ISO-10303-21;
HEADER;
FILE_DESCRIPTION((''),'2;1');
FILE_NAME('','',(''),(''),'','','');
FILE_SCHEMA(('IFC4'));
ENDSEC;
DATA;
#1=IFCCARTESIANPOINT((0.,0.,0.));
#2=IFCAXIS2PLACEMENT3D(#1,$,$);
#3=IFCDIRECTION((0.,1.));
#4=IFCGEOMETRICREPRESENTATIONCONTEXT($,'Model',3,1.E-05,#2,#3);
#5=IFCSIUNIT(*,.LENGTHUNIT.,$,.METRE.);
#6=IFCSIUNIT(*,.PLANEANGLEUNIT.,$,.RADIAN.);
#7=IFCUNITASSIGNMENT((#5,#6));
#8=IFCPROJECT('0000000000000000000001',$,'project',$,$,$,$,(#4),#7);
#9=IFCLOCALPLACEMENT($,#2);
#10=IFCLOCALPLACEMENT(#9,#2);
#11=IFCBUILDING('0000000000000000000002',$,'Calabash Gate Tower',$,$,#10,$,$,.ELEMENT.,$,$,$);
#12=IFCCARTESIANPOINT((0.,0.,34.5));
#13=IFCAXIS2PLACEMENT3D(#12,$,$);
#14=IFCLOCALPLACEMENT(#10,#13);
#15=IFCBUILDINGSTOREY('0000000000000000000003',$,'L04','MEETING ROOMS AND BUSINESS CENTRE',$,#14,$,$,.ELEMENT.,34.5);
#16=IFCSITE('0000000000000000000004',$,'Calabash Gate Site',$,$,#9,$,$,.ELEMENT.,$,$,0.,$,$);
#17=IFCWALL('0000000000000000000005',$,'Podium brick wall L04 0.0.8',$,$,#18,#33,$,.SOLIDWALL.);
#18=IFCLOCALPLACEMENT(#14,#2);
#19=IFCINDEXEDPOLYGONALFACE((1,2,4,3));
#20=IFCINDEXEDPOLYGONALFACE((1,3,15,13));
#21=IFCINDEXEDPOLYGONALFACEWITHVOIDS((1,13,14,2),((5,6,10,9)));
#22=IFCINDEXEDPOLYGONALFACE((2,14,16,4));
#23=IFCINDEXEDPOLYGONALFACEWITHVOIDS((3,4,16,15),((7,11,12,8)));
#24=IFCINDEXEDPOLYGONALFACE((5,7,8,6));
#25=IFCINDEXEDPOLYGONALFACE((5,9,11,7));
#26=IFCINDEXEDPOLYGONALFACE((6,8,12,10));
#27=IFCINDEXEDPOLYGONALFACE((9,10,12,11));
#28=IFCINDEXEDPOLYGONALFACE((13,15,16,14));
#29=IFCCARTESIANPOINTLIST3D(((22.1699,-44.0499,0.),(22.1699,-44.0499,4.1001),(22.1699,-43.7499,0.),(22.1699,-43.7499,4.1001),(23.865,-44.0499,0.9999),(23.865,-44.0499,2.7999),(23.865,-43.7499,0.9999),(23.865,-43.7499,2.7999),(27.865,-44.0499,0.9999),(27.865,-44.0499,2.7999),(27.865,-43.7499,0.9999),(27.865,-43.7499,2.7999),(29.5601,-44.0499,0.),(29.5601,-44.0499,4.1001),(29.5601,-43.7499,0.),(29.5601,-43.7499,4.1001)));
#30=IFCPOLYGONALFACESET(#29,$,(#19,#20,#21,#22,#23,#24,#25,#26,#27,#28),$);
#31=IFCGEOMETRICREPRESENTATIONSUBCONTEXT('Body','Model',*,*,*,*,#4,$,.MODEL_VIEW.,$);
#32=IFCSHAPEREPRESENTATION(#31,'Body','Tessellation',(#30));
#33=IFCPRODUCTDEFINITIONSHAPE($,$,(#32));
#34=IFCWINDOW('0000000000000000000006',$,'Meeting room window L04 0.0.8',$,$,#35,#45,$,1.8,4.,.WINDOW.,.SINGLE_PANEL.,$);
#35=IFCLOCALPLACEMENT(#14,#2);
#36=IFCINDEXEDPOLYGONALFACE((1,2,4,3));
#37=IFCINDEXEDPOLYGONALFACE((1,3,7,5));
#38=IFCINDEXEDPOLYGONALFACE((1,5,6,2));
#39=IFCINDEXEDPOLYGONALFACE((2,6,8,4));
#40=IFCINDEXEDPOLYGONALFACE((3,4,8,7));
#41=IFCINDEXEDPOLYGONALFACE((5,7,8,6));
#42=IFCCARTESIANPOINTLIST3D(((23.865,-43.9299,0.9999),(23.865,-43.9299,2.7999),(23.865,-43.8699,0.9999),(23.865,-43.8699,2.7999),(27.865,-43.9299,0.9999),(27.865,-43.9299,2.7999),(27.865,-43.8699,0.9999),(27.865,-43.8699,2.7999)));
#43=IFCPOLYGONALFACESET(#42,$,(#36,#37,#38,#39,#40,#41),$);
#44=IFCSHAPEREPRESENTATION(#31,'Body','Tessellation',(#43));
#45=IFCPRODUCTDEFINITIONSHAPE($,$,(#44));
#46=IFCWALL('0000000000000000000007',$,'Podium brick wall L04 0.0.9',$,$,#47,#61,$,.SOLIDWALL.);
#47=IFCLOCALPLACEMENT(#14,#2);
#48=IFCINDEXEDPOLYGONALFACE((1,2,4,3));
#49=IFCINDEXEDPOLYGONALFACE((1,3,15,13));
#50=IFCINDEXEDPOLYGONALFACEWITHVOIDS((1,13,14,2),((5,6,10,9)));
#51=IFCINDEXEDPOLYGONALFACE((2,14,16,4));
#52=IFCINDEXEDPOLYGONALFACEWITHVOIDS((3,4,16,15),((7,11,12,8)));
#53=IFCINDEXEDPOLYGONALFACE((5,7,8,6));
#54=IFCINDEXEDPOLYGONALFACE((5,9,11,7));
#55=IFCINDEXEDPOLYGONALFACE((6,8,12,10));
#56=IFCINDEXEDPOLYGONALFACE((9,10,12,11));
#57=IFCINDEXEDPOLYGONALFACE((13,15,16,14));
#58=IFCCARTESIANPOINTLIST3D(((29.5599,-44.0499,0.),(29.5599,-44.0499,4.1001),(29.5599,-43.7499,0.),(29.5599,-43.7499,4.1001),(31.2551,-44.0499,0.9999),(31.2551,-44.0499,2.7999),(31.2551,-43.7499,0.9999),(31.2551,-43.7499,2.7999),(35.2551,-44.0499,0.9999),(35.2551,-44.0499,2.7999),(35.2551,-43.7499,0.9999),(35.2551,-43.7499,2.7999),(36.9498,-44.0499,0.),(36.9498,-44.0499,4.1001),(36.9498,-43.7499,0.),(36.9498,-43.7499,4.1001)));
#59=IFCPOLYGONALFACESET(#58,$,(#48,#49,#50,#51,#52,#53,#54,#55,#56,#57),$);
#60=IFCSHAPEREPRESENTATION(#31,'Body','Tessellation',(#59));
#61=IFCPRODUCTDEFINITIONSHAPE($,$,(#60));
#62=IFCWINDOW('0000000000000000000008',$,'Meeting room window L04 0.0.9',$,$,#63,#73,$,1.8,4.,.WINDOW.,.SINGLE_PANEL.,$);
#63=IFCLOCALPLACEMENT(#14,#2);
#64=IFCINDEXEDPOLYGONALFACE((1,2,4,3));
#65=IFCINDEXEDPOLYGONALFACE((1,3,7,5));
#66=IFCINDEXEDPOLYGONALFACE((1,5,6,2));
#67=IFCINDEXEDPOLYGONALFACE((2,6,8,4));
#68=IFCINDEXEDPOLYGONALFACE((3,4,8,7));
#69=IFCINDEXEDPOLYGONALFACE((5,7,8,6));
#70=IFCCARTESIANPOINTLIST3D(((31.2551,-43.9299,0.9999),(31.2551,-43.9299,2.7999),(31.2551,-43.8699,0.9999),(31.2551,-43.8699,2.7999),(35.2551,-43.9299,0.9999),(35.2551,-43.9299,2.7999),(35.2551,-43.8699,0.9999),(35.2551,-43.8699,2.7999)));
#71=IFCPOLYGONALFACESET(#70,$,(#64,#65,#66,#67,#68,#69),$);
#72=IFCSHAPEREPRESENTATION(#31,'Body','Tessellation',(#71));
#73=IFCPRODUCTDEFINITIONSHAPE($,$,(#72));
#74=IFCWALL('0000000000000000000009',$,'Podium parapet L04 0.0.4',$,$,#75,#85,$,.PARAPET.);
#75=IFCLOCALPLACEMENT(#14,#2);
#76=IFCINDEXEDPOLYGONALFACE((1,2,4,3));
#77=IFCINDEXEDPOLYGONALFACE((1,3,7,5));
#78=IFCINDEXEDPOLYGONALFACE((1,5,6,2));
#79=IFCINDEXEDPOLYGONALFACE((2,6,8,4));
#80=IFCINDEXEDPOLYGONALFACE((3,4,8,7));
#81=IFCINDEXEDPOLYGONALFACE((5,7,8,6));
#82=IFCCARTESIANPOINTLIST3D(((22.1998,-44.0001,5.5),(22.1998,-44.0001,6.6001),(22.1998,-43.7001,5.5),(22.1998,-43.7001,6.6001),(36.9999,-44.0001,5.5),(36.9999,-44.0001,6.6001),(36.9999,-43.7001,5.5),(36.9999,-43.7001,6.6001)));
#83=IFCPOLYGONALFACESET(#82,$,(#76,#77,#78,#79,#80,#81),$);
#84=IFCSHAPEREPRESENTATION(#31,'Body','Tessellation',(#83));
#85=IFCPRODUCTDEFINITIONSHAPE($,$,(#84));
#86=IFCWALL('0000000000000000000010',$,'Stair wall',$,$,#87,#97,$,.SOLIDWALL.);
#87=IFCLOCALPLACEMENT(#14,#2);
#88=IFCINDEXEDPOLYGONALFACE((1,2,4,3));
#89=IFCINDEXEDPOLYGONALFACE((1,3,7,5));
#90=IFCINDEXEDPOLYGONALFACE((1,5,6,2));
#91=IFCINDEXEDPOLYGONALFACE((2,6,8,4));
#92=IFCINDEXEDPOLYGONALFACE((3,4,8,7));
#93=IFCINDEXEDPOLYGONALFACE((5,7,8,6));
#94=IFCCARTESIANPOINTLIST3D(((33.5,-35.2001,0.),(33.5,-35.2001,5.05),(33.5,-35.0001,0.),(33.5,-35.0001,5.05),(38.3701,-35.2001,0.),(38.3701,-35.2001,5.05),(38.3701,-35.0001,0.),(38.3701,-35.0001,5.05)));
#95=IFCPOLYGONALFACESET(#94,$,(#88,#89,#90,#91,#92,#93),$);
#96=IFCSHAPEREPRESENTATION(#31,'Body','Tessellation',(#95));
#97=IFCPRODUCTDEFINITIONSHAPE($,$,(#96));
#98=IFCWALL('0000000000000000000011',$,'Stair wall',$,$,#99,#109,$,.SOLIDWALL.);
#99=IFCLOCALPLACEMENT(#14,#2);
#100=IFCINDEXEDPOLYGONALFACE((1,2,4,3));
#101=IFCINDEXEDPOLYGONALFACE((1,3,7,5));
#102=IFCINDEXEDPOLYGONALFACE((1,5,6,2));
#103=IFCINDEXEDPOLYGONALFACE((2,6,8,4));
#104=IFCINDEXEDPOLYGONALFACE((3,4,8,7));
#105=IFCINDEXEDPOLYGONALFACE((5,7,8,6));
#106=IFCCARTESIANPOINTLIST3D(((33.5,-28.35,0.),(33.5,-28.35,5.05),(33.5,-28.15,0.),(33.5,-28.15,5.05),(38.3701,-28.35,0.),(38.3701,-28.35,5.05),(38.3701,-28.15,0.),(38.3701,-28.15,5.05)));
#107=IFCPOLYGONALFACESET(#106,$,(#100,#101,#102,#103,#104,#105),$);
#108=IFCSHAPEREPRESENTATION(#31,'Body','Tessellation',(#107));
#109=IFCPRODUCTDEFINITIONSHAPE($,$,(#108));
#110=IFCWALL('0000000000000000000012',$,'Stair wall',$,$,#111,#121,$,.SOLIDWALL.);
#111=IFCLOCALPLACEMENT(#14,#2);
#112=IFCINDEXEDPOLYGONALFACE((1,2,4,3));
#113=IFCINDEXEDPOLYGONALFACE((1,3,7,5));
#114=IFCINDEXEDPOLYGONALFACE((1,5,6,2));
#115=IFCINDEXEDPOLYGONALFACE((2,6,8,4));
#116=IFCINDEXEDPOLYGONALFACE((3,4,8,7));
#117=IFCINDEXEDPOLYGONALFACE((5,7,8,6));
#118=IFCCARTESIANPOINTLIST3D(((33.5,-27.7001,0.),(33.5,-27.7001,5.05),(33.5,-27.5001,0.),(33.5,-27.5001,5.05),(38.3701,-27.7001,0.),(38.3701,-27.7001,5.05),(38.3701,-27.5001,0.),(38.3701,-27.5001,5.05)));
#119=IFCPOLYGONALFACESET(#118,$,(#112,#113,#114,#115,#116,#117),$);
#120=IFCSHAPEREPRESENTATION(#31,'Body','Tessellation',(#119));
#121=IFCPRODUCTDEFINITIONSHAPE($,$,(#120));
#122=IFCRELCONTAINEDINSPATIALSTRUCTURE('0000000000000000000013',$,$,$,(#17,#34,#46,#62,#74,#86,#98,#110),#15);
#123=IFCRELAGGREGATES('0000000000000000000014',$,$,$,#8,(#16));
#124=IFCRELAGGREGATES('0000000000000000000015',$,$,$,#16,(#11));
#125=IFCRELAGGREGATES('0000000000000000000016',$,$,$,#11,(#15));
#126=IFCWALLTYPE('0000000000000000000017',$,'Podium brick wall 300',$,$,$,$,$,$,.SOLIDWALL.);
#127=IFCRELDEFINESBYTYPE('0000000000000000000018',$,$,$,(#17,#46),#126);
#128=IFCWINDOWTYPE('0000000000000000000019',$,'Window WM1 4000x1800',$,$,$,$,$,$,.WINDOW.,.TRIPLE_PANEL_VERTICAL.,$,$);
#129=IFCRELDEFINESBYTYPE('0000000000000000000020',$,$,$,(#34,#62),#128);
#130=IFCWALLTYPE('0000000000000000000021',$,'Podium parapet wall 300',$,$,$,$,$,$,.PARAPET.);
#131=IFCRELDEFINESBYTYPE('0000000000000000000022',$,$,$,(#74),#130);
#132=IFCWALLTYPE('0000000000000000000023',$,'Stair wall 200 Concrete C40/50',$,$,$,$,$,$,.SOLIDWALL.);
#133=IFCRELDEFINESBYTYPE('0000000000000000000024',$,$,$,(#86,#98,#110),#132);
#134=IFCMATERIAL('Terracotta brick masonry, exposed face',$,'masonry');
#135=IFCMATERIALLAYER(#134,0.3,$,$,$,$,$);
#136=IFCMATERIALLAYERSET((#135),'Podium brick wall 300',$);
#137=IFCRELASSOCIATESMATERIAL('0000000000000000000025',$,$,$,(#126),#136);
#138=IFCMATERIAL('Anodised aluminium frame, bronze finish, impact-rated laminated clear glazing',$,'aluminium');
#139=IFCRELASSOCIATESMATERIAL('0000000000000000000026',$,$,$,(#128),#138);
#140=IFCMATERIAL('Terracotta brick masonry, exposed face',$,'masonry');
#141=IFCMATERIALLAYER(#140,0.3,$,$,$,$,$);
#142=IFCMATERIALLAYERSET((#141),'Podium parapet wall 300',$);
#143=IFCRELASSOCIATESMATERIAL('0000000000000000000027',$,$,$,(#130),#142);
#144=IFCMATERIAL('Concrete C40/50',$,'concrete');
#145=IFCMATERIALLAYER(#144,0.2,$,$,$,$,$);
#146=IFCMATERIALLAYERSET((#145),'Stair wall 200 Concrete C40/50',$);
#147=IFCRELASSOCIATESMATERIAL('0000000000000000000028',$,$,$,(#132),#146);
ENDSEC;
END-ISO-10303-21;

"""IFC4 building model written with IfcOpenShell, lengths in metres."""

from ifc_helpers import new_model, si_unit, direction, frame, frame_2d, origin, place, context, subcontext, project, spatial, rectangle, extrude, material, layer, layer_set, type_object, element, fill, save


model = new_model("IFC4")

# Units and contexts
model_context = context("Model", 3, precision=1e-05, world=origin(), true_north=direction((0.0, 1.0)))
body_context = subcontext(model_context, "Body", "Model", "MODEL_VIEW")
ifc_project = project(units=[si_unit("LENGTHUNIT", "METRE"), si_unit("PLANEANGLEUNIT", "RADIAN")], contexts=[model_context])

# Site, building, storey
site_placement = place(None, origin())
site = spatial("IfcSite", under=ifc_project, at=site_placement, Name="Calabash Gate Site", CompositionType="ELEMENT", RefElevation=0.0)
building_placement = place(site_placement, origin())
building = spatial("IfcBuilding", under=site, at=building_placement, Name="Calabash Gate Tower", CompositionType="ELEMENT")
storey_placement = place(building_placement, frame((0.0, 0.0, 34.5)))
storey = spatial("IfcBuildingStorey", under=building, at=storey_placement, Name="L04", Description="MEETING ROOMS AND BUSINESS CENTRE", CompositionType="ELEMENT", Elevation=34.5)

# Walls, openings, windows
ifc_material_1 = material(Name="Terracotta brick masonry, exposed face", Category="masonry")
ifc_layer_1 = layer(ifc_material_1, 0.3)
ifc_layer_set_1 = layer_set([ifc_layer_1], Name="Podium brick wall 300")
wall_type_1 = type_object("IfcWallType", Name="Podium brick wall 300", PredefinedType="SOLIDWALL", material=ifc_layer_set_1)
wall_1_placement = place(storey_placement, frame((22.1699, -43.8999, 0.0), z_axis=(0.0, 0.0, 1.0), x_axis=(1.0, 0.0, 0.0)))
wall_1 = element("IfcWall", 1, at=wall_1_placement, inside=storey, type_object=wall_type_1, Name="Podium brick wall L04 0.0.8", PredefinedType="SOLIDWALL", context=body_context, shape_type="SweptSolid", body=[
    extrude(rectangle(XDim=7.3901, YDim=0.3, at=frame_2d((3.6951, 0.0))), origin(), (0.0, 0.0, 1.0), 4.1001),
])
opening_1_placement = place(wall_1_placement, frame((1.6951, 0.0, 1.0)))
opening_1 = element("IfcOpeningElement", 2, at=opening_1_placement, cuts=wall_1, PredefinedType="OPENING", context=body_context, shape_type="SweptSolid", body=[
    extrude(rectangle(XDim=4.0, YDim=1.8, at=frame_2d((2.0, 0.8999))), frame((0.0, 0.1599, 0.0), z_axis=(0.0, -1.0, 0.0), x_axis=(1.0, 0.0, 0.0)), (0.0, 0.0, 1.0), 0.3201),
])
ifc_material_2 = material(Name="Anodised aluminium frame, bronze finish, impact-rated laminated clear glazing", Category="aluminium")
window_type = type_object("IfcWindowType", Name="Window WM1 4000x1800", PartitioningType="TRIPLE_PANEL_VERTICAL", PredefinedType="WINDOW", material=ifc_material_2)
window_1_placement = place(opening_1_placement, origin())
window_1 = element("IfcWindow", 3, at=window_1_placement, inside=storey, type_object=window_type, Name="Meeting room window L04 0.0.8", OverallHeight=1.8, OverallWidth=4.0, PartitioningType="SINGLE_PANEL", PredefinedType="WINDOW", context=body_context, shape_type="SweptSolid", body=[
    extrude(rectangle(XDim=4.0, YDim=1.8, at=frame_2d((2.0, 0.8999))), frame((0.0, 0.03, 0.0), z_axis=(0.0, -1.0, 0.0), x_axis=(1.0, 0.0, 0.0)), (0.0, 0.0, 1.0), 0.0601),
])
fill(opening_1, window_1)
wall_2_placement = place(storey_placement, frame((29.5601, -43.8999, 0.0), z_axis=(0.0, 0.0, 1.0), x_axis=(1.0, 0.0, 0.0)))
wall_2 = element("IfcWall", 4, at=wall_2_placement, inside=storey, type_object=wall_type_1, Name="Podium brick wall L04 0.0.9", PredefinedType="SOLIDWALL", context=body_context, shape_type="SweptSolid", body=[
    extrude(rectangle(XDim=7.3899, YDim=0.3, at=frame_2d((3.6948, 0.0))), origin(), (0.0, 0.0, 1.0), 4.1001),
])
opening_2_placement = place(wall_2_placement, frame((1.6951, 0.0, 1.0)))
opening_2 = element("IfcOpeningElement", 5, at=opening_2_placement, cuts=wall_2, PredefinedType="OPENING", context=body_context, shape_type="SweptSolid", body=[
    extrude(rectangle(XDim=4.0, YDim=1.8, at=frame_2d((2.0, 0.8999))), frame((0.0, 0.1599, 0.0), z_axis=(0.0, -1.0, 0.0), x_axis=(1.0, 0.0, 0.0)), (0.0, 0.0, 1.0), 0.3201),
])
window_2_placement = place(opening_2_placement, origin())
window_2 = element("IfcWindow", 6, at=window_2_placement, inside=storey, type_object=window_type, Name="Meeting room window L04 0.0.9", OverallHeight=1.8, OverallWidth=4.0, PartitioningType="SINGLE_PANEL", PredefinedType="WINDOW", context=body_context, shape_type="SweptSolid", body=[
    extrude(rectangle(XDim=4.0, YDim=1.8, at=frame_2d((2.0, 0.8999))), frame((0.0, 0.03, 0.0), z_axis=(0.0, -1.0, 0.0), x_axis=(1.0, 0.0, 0.0)), (0.0, 0.0, 1.0), 0.0601),
])
fill(opening_2, window_2)

# Walls
ifc_material_3 = material(Name="Terracotta brick masonry, exposed face", Category="masonry")
ifc_layer_2 = layer(ifc_material_3, 0.3)
ifc_layer_set_2 = layer_set([ifc_layer_2], Name="Podium parapet wall 300")
wall_type_2 = type_object("IfcWallType", Name="Podium parapet wall 300", PredefinedType="PARAPET", material=ifc_layer_set_2)
wall_3_placement = place(storey_placement, frame((22.2, -43.8501, 5.5), z_axis=(0.0, 0.0, 1.0), x_axis=(1.0, 0.0, 0.0)))
element("IfcWall", 7, at=wall_3_placement, inside=storey, type_object=wall_type_2, Name="Podium parapet L04 0.0.4", PredefinedType="PARAPET", context=body_context, shape_type="SweptSolid", body=[
    extrude(rectangle(XDim=14.8, YDim=0.3, at=frame_2d((7.3999, 0.0))), origin(), (0.0, 0.0, 1.0), 1.1001),
])
ifc_material_4 = material(Name="Concrete C40/50", Category="concrete")
ifc_layer_3 = layer(ifc_material_4, 0.2)
ifc_layer_set_3 = layer_set([ifc_layer_3], Name="Stair wall 200 Concrete C40/50")
wall_type_3 = type_object("IfcWallType", Name="Stair wall 200 Concrete C40/50", PredefinedType="SOLIDWALL", material=ifc_layer_set_3)
for number, where, z_axis, x_axis, name in (
    (8, (33.5, -35.1001, 0.0), (0.0, 0.0, 1.0), (1.0, 0.0, 0.0), "Stair wall"),
    (9, (33.5, -28.25, 0.0), (0.0, 0.0, 1.0), (1.0, 0.0, 0.0), "Stair wall"),
    (10, (33.5, -27.6001, 0.0), (0.0, 0.0, 1.0), (1.0, 0.0, 0.0), "Stair wall"),
):
    element("IfcWall", number, at=place(storey_placement, frame(where, z_axis=z_axis, x_axis=x_axis)), inside=storey, type_object=wall_type_3, Name=name, PredefinedType="SOLIDWALL", context=body_context, shape_type="SweptSolid", body=[
        extrude(rectangle(XDim=4.8701, YDim=0.2, at=frame_2d((2.4351, 0.0))), origin(), (0.0, 0.0, 1.0), 5.05),
    ])

save(model, "model.ifc")
